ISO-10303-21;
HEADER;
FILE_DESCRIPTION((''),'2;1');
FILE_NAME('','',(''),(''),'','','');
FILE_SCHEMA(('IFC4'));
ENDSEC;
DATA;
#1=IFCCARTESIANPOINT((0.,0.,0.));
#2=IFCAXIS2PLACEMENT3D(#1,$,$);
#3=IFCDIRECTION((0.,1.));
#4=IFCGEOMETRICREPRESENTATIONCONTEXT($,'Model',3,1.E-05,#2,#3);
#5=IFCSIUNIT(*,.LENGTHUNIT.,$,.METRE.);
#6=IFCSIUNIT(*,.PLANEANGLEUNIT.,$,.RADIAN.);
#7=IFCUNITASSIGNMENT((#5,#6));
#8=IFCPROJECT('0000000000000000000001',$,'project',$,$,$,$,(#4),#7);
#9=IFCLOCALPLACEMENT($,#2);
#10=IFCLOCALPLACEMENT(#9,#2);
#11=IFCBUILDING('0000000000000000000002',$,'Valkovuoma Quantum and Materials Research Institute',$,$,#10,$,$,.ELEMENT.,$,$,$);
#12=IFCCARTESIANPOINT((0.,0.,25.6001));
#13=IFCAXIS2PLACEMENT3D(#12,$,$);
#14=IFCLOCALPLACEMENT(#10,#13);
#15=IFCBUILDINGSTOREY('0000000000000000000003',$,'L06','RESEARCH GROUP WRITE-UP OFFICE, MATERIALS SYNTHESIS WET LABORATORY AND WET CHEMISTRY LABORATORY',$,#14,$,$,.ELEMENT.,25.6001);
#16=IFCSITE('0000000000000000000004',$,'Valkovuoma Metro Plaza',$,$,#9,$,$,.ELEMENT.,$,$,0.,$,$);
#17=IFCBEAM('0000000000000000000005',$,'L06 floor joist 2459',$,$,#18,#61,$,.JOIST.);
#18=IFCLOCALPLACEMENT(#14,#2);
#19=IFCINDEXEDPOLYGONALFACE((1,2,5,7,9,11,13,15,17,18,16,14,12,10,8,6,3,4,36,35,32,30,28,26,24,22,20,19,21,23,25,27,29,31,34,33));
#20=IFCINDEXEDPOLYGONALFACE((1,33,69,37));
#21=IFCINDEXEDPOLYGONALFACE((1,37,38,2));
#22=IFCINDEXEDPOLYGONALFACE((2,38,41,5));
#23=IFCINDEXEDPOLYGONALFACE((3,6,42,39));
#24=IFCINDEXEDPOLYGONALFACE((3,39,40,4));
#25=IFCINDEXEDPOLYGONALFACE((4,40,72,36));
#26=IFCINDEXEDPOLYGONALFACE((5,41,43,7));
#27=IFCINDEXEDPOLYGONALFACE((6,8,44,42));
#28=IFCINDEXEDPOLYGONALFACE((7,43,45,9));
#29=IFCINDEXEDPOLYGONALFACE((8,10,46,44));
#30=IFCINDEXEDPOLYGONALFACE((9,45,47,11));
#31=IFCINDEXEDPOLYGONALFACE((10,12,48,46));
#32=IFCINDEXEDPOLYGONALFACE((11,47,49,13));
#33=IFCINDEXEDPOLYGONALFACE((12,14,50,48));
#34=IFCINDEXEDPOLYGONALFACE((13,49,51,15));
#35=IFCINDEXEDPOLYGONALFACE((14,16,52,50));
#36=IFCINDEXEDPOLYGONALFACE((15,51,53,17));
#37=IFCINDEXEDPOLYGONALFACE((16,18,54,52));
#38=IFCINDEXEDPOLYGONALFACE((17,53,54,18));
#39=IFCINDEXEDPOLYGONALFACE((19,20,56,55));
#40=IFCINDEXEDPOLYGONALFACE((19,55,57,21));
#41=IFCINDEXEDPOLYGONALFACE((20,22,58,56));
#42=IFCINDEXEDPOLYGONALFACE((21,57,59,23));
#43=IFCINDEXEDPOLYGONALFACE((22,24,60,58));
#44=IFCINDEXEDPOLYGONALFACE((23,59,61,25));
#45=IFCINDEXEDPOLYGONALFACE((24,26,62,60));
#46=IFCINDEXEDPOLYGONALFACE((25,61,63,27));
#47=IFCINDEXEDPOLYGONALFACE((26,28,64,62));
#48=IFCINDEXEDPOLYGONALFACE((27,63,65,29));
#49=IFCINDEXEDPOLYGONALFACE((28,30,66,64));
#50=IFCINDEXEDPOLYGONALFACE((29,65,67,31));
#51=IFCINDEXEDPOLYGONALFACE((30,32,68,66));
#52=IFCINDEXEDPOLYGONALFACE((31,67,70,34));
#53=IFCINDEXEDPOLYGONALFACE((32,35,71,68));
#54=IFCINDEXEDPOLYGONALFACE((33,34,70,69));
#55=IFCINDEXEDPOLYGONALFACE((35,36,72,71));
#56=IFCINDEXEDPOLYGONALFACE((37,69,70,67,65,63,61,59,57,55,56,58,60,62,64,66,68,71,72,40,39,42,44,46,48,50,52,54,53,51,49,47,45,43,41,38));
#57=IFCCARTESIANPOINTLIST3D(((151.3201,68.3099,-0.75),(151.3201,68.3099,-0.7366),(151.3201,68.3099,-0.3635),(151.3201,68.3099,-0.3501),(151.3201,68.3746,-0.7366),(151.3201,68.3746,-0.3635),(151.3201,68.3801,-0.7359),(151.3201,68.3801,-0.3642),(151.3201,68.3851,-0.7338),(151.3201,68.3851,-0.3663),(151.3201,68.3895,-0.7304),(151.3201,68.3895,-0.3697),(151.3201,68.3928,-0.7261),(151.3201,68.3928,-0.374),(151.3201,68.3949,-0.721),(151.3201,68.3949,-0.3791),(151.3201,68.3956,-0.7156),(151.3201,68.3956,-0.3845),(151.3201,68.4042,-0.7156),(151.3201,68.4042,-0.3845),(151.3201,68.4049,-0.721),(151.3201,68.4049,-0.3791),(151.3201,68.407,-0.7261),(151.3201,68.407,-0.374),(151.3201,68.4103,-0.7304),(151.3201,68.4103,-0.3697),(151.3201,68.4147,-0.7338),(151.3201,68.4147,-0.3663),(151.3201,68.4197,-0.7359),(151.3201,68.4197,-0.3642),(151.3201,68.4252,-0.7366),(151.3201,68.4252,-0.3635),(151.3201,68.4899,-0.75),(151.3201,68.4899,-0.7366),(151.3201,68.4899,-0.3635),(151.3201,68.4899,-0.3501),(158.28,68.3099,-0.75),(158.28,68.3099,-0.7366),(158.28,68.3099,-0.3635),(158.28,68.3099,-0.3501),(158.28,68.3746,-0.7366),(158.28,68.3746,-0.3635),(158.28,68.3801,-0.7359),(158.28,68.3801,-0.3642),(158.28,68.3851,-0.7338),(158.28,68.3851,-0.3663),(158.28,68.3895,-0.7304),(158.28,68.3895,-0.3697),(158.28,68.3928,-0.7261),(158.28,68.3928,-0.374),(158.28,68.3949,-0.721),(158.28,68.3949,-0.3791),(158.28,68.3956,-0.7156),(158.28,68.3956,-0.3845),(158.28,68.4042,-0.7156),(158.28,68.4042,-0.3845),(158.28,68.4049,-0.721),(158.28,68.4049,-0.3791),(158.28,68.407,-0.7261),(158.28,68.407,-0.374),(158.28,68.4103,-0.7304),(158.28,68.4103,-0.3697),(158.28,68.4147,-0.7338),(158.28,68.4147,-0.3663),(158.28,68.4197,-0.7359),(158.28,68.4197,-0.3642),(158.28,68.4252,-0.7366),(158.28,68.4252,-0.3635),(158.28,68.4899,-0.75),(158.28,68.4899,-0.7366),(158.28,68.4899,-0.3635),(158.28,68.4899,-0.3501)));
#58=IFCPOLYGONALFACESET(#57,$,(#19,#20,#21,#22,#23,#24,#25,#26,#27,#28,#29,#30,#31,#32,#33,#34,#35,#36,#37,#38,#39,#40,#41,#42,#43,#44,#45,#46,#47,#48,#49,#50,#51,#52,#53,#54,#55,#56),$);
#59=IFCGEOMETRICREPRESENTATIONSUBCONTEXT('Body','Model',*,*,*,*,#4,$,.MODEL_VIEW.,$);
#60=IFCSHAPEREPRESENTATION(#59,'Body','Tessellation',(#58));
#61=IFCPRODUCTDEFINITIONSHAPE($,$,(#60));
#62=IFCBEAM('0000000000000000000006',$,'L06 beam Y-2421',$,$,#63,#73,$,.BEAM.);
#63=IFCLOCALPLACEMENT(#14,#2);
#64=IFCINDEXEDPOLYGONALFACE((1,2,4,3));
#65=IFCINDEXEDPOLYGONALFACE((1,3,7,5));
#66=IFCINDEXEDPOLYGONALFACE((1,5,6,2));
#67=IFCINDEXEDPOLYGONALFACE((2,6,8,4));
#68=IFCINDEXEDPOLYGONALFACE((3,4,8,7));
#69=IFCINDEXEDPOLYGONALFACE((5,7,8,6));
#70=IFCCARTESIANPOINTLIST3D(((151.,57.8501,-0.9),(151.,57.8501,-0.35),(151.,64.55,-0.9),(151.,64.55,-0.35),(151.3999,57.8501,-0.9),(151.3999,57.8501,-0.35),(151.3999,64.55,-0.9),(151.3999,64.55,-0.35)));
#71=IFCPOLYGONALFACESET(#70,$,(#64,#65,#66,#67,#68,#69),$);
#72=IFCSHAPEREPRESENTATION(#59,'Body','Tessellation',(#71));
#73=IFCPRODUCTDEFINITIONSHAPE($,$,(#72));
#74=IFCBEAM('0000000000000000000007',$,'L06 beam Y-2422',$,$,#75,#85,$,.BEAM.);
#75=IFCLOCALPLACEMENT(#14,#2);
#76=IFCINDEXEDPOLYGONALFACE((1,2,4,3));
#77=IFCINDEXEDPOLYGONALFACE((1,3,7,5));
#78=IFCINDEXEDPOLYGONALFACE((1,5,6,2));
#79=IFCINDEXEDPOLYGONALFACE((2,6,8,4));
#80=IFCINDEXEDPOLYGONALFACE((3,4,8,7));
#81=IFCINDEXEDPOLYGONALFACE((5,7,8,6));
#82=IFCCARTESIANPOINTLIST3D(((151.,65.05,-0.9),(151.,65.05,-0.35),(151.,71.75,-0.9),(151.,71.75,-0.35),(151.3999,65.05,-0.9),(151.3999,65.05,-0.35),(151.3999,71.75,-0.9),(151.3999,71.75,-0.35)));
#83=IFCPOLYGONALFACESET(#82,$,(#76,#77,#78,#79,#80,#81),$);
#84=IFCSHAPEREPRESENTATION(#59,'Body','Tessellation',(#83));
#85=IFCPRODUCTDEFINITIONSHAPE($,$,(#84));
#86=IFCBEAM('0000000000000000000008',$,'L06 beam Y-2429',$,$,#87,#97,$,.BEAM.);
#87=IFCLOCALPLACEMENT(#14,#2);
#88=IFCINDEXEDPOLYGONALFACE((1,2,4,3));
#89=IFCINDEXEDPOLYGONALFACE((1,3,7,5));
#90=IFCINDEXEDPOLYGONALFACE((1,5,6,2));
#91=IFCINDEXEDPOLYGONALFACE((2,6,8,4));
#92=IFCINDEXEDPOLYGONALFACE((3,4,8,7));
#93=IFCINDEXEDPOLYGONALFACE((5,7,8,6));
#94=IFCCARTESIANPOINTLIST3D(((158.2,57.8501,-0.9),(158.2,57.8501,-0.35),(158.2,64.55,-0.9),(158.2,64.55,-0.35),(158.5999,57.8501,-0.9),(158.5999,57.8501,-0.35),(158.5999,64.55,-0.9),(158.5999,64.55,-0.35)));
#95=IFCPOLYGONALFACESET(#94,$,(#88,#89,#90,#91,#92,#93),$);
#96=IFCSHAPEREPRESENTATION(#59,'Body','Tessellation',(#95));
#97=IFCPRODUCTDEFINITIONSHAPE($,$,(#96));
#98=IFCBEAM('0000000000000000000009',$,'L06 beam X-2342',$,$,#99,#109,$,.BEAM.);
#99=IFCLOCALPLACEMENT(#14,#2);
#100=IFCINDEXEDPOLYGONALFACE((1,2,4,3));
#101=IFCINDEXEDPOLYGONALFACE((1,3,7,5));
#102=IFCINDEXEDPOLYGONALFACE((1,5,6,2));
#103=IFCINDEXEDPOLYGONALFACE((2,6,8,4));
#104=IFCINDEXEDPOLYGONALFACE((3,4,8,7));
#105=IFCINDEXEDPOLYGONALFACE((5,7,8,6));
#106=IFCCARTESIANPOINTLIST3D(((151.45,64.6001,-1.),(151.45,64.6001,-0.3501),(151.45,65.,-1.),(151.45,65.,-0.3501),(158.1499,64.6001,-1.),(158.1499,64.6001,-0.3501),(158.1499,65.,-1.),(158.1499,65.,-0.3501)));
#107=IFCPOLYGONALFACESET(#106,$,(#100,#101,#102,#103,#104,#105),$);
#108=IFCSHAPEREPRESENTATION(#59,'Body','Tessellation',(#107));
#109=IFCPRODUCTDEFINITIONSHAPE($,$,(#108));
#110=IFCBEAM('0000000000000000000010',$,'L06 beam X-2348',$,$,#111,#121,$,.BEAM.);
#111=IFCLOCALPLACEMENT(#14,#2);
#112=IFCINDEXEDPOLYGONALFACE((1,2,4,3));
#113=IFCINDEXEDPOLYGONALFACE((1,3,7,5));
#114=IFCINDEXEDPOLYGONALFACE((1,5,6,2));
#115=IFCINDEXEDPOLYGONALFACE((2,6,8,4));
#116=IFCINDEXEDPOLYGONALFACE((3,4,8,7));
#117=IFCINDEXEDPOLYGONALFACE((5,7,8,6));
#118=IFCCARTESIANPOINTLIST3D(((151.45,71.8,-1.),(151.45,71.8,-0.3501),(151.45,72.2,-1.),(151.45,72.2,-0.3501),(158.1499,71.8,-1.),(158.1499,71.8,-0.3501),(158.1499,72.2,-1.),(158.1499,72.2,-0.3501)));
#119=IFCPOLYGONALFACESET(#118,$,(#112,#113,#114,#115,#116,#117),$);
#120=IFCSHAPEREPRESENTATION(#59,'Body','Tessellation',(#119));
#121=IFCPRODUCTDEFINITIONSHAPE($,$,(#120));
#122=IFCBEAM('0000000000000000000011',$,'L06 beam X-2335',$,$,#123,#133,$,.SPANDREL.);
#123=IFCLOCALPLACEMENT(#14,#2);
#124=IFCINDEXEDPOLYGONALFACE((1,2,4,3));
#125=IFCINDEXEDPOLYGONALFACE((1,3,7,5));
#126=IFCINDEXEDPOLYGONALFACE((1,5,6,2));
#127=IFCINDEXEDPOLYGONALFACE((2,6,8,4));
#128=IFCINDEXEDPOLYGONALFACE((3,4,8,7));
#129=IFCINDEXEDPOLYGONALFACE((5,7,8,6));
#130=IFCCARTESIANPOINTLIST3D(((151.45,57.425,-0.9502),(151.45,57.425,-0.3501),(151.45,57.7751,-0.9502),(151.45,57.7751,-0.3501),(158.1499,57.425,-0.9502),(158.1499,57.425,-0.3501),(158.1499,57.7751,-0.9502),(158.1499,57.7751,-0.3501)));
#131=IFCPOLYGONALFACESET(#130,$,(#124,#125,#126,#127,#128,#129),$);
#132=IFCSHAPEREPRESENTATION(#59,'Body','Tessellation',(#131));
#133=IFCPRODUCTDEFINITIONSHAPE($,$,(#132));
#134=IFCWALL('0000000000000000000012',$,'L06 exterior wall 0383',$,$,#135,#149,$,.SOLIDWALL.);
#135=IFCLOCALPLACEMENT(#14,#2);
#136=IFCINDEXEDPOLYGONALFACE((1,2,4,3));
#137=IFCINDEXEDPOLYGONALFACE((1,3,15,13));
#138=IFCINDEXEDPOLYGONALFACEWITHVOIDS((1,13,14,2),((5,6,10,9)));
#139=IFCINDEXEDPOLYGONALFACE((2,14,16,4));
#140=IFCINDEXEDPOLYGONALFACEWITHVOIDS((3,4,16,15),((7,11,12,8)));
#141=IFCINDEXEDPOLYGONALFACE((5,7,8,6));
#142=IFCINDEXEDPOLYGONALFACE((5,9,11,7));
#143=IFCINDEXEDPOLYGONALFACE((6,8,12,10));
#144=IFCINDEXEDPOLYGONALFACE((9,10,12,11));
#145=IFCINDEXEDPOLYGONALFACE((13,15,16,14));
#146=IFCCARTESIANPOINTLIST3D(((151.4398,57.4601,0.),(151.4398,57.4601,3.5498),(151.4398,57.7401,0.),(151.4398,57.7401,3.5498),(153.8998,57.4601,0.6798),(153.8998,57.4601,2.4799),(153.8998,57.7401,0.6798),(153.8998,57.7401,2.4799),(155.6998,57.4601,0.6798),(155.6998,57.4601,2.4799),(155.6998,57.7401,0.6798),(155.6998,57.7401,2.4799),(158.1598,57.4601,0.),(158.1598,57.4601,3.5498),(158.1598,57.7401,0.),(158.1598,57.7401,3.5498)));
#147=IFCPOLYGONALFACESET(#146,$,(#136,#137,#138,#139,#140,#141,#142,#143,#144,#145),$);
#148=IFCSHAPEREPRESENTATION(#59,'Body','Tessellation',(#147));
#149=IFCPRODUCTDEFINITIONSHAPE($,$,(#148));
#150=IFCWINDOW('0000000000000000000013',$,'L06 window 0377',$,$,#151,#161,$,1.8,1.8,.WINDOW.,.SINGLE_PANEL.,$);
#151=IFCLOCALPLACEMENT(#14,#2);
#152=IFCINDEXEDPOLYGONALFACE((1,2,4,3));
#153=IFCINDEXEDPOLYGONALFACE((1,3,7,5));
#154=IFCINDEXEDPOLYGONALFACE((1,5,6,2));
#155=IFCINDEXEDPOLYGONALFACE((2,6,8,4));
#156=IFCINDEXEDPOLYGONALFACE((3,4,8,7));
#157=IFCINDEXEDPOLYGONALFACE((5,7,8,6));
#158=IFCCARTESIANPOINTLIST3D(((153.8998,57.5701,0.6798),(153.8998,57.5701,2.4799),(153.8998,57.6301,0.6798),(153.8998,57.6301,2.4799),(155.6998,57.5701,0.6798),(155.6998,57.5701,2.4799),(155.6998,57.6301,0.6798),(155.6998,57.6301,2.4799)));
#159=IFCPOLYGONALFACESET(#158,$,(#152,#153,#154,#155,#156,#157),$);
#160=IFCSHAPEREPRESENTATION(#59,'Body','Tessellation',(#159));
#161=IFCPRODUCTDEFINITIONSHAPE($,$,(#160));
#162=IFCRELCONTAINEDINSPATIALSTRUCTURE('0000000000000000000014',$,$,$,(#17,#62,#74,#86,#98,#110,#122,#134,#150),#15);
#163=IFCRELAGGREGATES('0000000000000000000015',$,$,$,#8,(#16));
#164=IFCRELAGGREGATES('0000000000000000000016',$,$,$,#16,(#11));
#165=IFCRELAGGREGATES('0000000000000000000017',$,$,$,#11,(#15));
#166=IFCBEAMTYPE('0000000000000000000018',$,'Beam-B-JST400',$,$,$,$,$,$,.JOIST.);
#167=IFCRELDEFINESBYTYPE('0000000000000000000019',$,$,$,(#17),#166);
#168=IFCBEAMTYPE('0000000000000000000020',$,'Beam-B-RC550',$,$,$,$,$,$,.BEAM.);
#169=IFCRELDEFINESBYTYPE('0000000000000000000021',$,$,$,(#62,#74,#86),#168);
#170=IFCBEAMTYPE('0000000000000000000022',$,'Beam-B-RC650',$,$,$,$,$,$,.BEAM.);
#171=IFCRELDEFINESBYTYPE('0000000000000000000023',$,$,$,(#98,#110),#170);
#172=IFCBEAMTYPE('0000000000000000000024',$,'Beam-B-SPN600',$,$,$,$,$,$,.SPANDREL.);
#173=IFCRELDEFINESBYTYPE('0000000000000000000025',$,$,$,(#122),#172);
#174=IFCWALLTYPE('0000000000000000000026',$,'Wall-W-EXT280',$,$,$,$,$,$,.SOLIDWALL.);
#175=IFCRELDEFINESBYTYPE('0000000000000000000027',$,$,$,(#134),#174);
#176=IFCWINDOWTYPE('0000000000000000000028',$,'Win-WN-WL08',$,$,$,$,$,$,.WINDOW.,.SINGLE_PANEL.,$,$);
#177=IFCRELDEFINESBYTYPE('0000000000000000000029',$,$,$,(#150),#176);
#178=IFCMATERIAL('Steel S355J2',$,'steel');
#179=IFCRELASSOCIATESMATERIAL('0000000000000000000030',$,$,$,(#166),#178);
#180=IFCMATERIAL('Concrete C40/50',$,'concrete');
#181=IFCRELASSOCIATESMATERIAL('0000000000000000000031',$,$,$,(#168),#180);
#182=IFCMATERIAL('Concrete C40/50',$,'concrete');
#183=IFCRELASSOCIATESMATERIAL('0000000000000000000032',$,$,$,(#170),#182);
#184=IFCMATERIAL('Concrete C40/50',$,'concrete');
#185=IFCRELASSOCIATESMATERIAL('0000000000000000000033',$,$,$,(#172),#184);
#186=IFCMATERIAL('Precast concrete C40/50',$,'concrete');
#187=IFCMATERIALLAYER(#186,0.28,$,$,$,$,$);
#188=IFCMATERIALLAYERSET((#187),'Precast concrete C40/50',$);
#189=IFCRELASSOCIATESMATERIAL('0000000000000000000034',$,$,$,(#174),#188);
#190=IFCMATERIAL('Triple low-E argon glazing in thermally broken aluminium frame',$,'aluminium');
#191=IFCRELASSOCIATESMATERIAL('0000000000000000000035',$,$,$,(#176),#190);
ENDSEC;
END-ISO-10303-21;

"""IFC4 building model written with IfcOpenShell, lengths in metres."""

from ifc_helpers import new_model, si_unit, direction, frame, frame_2d, origin, origin_2d, place, context, subcontext, project, spatial, rectangle, i_section, extrude, material, layer, layer_set, material_profile, profile_set, type_object, element, fill, save


model = new_model("IFC4")

# Units and contexts
model_context = context("Model", 3, precision=1e-05, world=origin(), true_north=direction((0.0, 1.0)))
body_context = subcontext(model_context, "Body", "Model", "MODEL_VIEW")
ifc_project = project(units=[si_unit("LENGTHUNIT", "METRE"), si_unit("PLANEANGLEUNIT", "RADIAN")], contexts=[model_context])

# Site, building, storey
site_placement = place(None, origin())
site = spatial("IfcSite", under=ifc_project, at=site_placement, Name="Valkovuoma Metro Plaza", CompositionType="ELEMENT", RefElevation=0.0)
building_placement = place(site_placement, origin())
building = spatial("IfcBuilding", under=site, at=building_placement, Name="Valkovuoma Quantum and Materials Research Institute", CompositionType="ELEMENT")
storey_placement = place(building_placement, frame((0.0, 0.0, 25.6001)))
storey = spatial("IfcBuildingStorey", under=building, at=storey_placement, Name="L06", Description="RESEARCH GROUP WRITE-UP OFFICE, MATERIALS SYNTHESIS WET LABORATORY AND WET CHEMISTRY LABORATORY", CompositionType="ELEMENT", Elevation=25.6001)

# Beams
ifc_material_1 = material(Name="Steel S355J2", Category="steel")
ifc_material_profile_1 = material_profile(ifc_material_1, i_section(OverallWidth=0.1799, OverallDepth=0.3999, WebThickness=0.0085, FlangeThickness=0.0134, FilletRadius=0.021, at=origin_2d()), Name="Steel S355J2")
ifc_profile_set_1 = profile_set([ifc_material_profile_1], Name="Steel S355J2")
beam_type_1 = type_object("IfcBeamType", Name="Beam-B-JST400", PredefinedType="JOIST", material=ifc_profile_set_1)
for number, where, z_axis, x_axis, name in (
    (1, (151.3201, 68.3999, -0.55), (1.0, 0.0, 0.0), (0.0, 1.0, 0.0), "L06 floor joist 2459"),
):
    element("IfcBeam", number, at=place(storey_placement, frame(where, z_axis=z_axis, x_axis=x_axis)), inside=storey, type_object=beam_type_1, Name=name, PredefinedType="JOIST", context=body_context, shape_type="SweptSolid", body=[
        extrude(i_section(OverallWidth=0.1799, OverallDepth=0.3999, WebThickness=0.0085, FlangeThickness=0.0134, FilletRadius=0.021, at=origin_2d()), origin(), (0.0, 0.0, 1.0), 6.96),
    ])
ifc_material_2 = material(Name="Concrete C40/50", Category="concrete")
ifc_material_profile_2 = material_profile(ifc_material_2, rectangle(XDim=0.3999, YDim=0.55, at=origin_2d()), Name="Concrete C40/50")
ifc_profile_set_2 = profile_set([ifc_material_profile_2], Name="Concrete C40/50")
beam_type_2 = type_object("IfcBeamType", Name="Beam-B-RC550", PredefinedType="BEAM", material=ifc_profile_set_2)
for number, where, z_axis, x_axis, name in (
    (2, (151.2, 57.8501, -0.625), (0.0, 1.0, 0.0), (-1.0, 0.0, 0.0), "L06 beam Y-2421"),
    (3, (151.2, 65.05, -0.625), (0.0, 1.0, 0.0), (-1.0, 0.0, 0.0), "L06 beam Y-2422"),
    (4, (158.3999, 57.8501, -0.625), (0.0, 1.0, 0.0), (-1.0, 0.0, 0.0), "L06 beam Y-2429"),
):
    element("IfcBeam", number, at=place(storey_placement, frame(where, z_axis=z_axis, x_axis=x_axis)), inside=storey, type_object=beam_type_2, Name=name, PredefinedType="BEAM", context=body_context, shape_type="SweptSolid", body=[
        extrude(rectangle(XDim=0.3999, YDim=0.55, at=origin_2d()), origin(), (0.0, 0.0, 1.0), 6.7),
    ])
ifc_material_3 = material(Name="Concrete C40/50", Category="concrete")
ifc_material_profile_3 = material_profile(ifc_material_3, rectangle(XDim=0.3999, YDim=0.6499, at=origin_2d()), Name="Concrete C40/50")
ifc_profile_set_3 = profile_set([ifc_material_profile_3], Name="Concrete C40/50")
beam_type_3 = type_object("IfcBeamType", Name="Beam-B-RC650", PredefinedType="BEAM", material=ifc_profile_set_3)
for number, where, z_axis, x_axis, name in (
    (5, (151.45, 64.8, -0.675), (1.0, 0.0, 0.0), (0.0, 1.0, 0.0), "L06 beam X-2342"),
    (6, (151.45, 72.0, -0.675), (1.0, 0.0, 0.0), (0.0, 1.0, 0.0), "L06 beam X-2348"),
):
    element("IfcBeam", number, at=place(storey_placement, frame(where, z_axis=z_axis, x_axis=x_axis)), inside=storey, type_object=beam_type_3, Name=name, PredefinedType="BEAM", context=body_context, shape_type="SweptSolid", body=[
        extrude(rectangle(XDim=0.3999, YDim=0.6499, at=origin_2d()), origin(), (0.0, 0.0, 1.0), 6.7),
    ])
ifc_material_4 = material(Name="Concrete C40/50", Category="concrete")
ifc_material_profile_4 = material_profile(ifc_material_4, rectangle(XDim=0.3501, YDim=0.6001, at=origin_2d()), Name="Concrete C40/50")
ifc_profile_set_4 = profile_set([ifc_material_profile_4], Name="Concrete C40/50")
beam_type_4 = type_object("IfcBeamType", Name="Beam-B-SPN600", PredefinedType="SPANDREL", material=ifc_profile_set_4)
beam_1_placement = place(storey_placement, frame((151.45, 57.6001, -0.6501), z_axis=(1.0, 0.0, 0.0), x_axis=(0.0, 1.0, 0.0)))
element("IfcBeam", 7, at=beam_1_placement, inside=storey, type_object=beam_type_4, Name="L06 beam X-2335", PredefinedType="SPANDREL", context=body_context, shape_type="SweptSolid", body=[
    extrude(rectangle(XDim=0.3501, YDim=0.6001, at=origin_2d()), origin(), (0.0, 0.0, 1.0), 6.7),
])

# Wall, opening, window
ifc_material_5 = material(Name="Precast concrete C40/50", Category="concrete")
ifc_layer_1 = layer(ifc_material_5, 0.28)
ifc_layer_set_1 = layer_set([ifc_layer_1], Name="Precast concrete C40/50")
wall_type_1 = type_object("IfcWallType", Name="Wall-W-EXT280", PredefinedType="SOLIDWALL", material=ifc_layer_set_1)
wall_1_placement = place(storey_placement, frame((151.4399, 57.6001, 0.0), z_axis=(0.0, 0.0, 1.0), x_axis=(1.0, 0.0, 0.0)))
wall_1 = element("IfcWall", 8, at=wall_1_placement, inside=storey, type_object=wall_type_1, Name="L06 exterior wall 0383", PredefinedType="SOLIDWALL", context=body_context, shape_type="SweptSolid", body=[
    extrude(rectangle(XDim=6.72, YDim=0.28, at=frame_2d((3.3599, 0.0))), origin(), (0.0, 0.0, 1.0), 3.5498),
])
opening_1_placement = place(wall_1_placement, frame((2.46, 0.0, 0.6799)))
opening_1 = element("IfcOpeningElement", 9, at=opening_1_placement, cuts=wall_1, PredefinedType="OPENING", context=body_context, shape_type="SweptSolid", body=[
    extrude(rectangle(XDim=1.8, YDim=1.8, at=frame_2d((0.8999, 0.8999))), frame((0.0, 0.1499, 0.0), z_axis=(0.0, -1.0, 0.0), x_axis=(1.0, 0.0, 0.0)), (0.0, 0.0, 1.0), 0.3),
])
ifc_material_6 = material(Name="Triple low-E argon glazing in thermally broken aluminium frame", Category="aluminium")
window_type = type_object("IfcWindowType", Name="Win-WN-WL08", PartitioningType="SINGLE_PANEL", PredefinedType="WINDOW", material=ifc_material_6)
window_placement = place(opening_1_placement, origin())
window = element("IfcWindow", 10, at=window_placement, inside=storey, type_object=window_type, Name="L06 window 0377", OverallHeight=1.8, OverallWidth=1.8, PartitioningType="SINGLE_PANEL", PredefinedType="WINDOW", context=body_context, shape_type="SweptSolid", body=[
    extrude(rectangle(XDim=1.8, YDim=1.8, at=frame_2d((0.8999, 0.8999))), frame((0.0, 0.03, 0.0), z_axis=(0.0, -1.0, 0.0), x_axis=(1.0, 0.0, 0.0)), (0.0, 0.0, 1.0), 0.0601),
])
fill(opening_1, window)

save(model, "model.ifc")
